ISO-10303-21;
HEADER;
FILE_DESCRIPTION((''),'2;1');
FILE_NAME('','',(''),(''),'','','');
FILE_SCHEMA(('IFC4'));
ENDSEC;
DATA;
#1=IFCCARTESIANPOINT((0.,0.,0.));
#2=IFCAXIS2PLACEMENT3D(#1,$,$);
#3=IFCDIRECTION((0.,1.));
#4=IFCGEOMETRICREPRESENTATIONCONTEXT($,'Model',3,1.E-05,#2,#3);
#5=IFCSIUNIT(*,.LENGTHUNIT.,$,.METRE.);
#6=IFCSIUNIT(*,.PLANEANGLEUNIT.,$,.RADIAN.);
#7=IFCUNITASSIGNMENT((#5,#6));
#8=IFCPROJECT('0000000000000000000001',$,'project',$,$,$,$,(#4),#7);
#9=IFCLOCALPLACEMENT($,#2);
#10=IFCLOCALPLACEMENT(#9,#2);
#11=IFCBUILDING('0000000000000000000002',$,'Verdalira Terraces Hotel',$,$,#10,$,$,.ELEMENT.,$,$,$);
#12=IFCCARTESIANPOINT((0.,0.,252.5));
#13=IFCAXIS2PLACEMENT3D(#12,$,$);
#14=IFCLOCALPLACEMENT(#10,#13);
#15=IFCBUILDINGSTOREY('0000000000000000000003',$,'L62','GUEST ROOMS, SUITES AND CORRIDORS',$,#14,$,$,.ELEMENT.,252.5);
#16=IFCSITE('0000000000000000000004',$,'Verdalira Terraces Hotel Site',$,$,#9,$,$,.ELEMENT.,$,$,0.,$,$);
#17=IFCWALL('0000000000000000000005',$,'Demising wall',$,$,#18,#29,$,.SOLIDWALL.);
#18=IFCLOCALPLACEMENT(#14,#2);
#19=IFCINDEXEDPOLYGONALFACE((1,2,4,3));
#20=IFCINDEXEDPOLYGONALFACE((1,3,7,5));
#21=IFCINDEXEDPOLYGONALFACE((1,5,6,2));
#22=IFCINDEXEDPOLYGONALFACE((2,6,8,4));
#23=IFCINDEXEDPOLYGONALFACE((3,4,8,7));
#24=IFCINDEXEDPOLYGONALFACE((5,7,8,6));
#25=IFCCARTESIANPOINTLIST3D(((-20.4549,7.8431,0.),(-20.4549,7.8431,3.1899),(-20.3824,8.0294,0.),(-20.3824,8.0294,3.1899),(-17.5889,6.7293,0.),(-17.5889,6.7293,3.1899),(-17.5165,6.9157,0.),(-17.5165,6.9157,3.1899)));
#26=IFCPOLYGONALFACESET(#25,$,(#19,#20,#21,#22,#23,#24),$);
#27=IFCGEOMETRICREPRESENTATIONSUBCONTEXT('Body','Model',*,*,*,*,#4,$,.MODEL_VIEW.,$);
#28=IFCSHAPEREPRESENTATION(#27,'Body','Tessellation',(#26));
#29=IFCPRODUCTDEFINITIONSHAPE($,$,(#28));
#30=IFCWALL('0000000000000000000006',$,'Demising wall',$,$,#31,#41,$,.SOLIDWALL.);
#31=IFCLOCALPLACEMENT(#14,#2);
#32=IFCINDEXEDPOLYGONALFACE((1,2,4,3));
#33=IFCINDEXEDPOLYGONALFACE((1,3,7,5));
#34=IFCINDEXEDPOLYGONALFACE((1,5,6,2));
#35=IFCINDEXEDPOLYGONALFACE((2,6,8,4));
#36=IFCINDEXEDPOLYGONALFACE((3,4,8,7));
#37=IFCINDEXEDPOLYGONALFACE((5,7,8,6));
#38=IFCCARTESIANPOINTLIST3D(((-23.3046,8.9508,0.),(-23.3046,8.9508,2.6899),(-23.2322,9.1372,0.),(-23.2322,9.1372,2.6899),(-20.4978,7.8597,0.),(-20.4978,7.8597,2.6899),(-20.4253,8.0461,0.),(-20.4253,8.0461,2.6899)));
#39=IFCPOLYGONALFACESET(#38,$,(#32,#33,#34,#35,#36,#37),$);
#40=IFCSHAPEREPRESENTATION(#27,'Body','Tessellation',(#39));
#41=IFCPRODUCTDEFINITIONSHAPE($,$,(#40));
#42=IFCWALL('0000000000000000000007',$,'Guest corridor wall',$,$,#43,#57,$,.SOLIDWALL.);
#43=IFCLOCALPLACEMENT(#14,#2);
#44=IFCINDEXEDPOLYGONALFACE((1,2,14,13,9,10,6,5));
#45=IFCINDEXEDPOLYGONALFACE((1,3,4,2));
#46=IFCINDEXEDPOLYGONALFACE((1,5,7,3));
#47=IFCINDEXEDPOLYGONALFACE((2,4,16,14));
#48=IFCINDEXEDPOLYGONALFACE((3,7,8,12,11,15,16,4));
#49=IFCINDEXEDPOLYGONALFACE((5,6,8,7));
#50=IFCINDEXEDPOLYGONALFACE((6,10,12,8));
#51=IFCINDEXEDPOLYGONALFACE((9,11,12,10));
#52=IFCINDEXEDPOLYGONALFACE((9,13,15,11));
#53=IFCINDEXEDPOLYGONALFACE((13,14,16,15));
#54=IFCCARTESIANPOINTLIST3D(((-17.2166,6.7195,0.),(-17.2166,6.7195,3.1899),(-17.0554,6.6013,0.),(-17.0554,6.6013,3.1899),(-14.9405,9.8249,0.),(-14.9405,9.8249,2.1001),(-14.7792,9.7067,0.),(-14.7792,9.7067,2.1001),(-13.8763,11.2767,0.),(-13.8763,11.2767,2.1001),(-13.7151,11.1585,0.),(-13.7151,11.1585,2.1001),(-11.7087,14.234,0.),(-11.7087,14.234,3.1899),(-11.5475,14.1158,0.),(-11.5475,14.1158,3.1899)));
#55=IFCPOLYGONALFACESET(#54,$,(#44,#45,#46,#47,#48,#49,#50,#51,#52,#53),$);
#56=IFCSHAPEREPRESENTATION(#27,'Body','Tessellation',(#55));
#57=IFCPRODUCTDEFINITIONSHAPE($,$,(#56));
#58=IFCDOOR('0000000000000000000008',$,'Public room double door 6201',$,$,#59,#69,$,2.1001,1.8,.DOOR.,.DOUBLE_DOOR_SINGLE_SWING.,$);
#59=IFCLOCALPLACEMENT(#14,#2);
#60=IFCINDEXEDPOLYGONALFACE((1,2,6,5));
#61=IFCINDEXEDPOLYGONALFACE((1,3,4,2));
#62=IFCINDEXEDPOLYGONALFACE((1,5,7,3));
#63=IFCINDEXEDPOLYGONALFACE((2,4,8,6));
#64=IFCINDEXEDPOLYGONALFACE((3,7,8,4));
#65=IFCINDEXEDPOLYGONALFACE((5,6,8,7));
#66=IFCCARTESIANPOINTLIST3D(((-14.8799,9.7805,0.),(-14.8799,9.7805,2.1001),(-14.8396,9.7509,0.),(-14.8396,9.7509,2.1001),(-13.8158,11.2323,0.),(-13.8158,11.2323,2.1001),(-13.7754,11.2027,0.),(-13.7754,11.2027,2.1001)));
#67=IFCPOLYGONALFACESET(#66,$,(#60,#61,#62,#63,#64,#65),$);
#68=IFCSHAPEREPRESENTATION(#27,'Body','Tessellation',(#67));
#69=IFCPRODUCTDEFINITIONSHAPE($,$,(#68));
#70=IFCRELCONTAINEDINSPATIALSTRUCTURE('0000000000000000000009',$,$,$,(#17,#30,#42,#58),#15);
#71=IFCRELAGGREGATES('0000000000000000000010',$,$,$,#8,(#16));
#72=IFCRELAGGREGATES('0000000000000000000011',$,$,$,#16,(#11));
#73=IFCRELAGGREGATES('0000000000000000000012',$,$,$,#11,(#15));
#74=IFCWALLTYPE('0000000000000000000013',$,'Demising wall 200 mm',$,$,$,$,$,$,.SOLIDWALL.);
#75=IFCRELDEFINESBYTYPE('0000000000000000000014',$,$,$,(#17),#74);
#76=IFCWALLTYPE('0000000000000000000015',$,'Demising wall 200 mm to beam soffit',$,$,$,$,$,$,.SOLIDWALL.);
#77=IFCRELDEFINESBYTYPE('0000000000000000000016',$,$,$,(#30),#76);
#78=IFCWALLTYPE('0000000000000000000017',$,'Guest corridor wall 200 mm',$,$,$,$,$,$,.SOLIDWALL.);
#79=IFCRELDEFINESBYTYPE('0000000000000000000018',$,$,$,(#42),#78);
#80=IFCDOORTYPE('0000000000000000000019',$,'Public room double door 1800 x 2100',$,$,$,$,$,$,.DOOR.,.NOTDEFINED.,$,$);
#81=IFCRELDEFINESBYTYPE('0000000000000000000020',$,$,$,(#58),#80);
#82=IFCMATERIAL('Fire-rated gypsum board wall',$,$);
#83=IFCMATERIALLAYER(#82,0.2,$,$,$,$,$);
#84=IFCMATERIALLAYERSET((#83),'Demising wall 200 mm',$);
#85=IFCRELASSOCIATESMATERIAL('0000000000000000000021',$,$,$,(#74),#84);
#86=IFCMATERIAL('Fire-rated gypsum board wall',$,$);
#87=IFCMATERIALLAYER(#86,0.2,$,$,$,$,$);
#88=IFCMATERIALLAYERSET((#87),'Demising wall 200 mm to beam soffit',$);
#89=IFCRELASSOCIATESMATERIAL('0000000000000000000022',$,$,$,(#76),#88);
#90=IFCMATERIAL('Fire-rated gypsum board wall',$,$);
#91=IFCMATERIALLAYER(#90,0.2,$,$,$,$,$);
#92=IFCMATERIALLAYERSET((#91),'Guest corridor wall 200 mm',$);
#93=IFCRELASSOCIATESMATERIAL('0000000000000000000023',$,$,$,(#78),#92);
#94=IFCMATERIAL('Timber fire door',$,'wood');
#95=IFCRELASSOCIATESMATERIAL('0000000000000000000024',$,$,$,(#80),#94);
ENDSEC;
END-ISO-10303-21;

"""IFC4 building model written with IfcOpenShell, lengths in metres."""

from ifc_helpers import new_model, si_unit, direction, frame, frame_2d, origin, place, context, subcontext, project, spatial, rectangle, extrude, material, layer, layer_set, type_object, element, fill, save


model = new_model("IFC4")

# Units and contexts
model_context = context("Model", 3, precision=1e-05, world=origin(), true_north=direction((0.0, 1.0)))
body_context = subcontext(model_context, "Body", "Model", "MODEL_VIEW")
ifc_project = project(units=[si_unit("LENGTHUNIT", "METRE"), si_unit("PLANEANGLEUNIT", "RADIAN")], contexts=[model_context])

# Site, building, storey
site_placement = place(None, origin())
site = spatial("IfcSite", under=ifc_project, at=site_placement, Name="Verdalira Terraces Hotel Site", CompositionType="ELEMENT", RefElevation=0.0)
building_placement = place(site_placement, origin())
building = spatial("IfcBuilding", under=site, at=building_placement, Name="Verdalira Terraces Hotel", CompositionType="ELEMENT")
storey_placement = place(building_placement, frame((0.0, 0.0, 252.5)))
storey = spatial("IfcBuildingStorey", under=building, at=storey_placement, Name="L62", Description="GUEST ROOMS, SUITES AND CORRIDORS", CompositionType="ELEMENT", Elevation=252.5)

# Shared definitions
ifc_material_1 = material(Name="Fire-rated gypsum board wall")
ifc_layer_1 = layer(ifc_material_1, 0.2)
ifc_layer_set_1 = layer_set([ifc_layer_1], Name="Demising wall 200 mm")
wall_type_1 = type_object("IfcWallType", Name="Demising wall 200 mm", PredefinedType="SOLIDWALL", material=ifc_layer_set_1)

# Walls
wall_1_placement = place(storey_placement, frame((-17.5527, 6.8225, 0.0), z_axis=(0.0, 0.0, 1.0), x_axis=(-0.93209, 0.362228, 0.0)))
element("IfcWall", 1, at=wall_1_placement, inside=storey, type_object=wall_type_1, Name="Demising wall", PredefinedType="SOLIDWALL", context=body_context, shape_type="SweptSolid", body=[
    extrude(rectangle(XDim=3.0747, YDim=0.2, at=frame_2d((1.5374, 0.0))), origin(), (0.0, 0.0, 1.0), 3.1899),
])
ifc_material_2 = material(Name="Fire-rated gypsum board wall")
ifc_layer_2 = layer(ifc_material_2, 0.2)
ifc_layer_set_2 = layer_set([ifc_layer_2], Name="Demising wall 200 mm to beam soffit")
wall_type_2 = type_object("IfcWallType", Name="Demising wall 200 mm to beam soffit", PredefinedType="SOLIDWALL", material=ifc_layer_set_2)
wall_2_placement = place(storey_placement, frame((-20.4614, 7.9529, 0.0), z_axis=(0.0, 0.0, 1.0), x_axis=(-0.932061, 0.362302, 0.0)))
element("IfcWall", 2, at=wall_2_placement, inside=storey, type_object=wall_type_2, Name="Demising wall", PredefinedType="SOLIDWALL", context=body_context, shape_type="SweptSolid", body=[
    extrude(rectangle(XDim=3.0115, YDim=0.2, at=frame_2d((1.5059, 0.0))), origin(), (0.0, 0.0, 1.0), 2.6899),
])

# Wall, opening, door
ifc_material_3 = material(Name="Fire-rated gypsum board wall")
ifc_layer_3 = layer(ifc_material_3, 0.2)
ifc_layer_set_3 = layer_set([ifc_layer_3], Name="Guest corridor wall 200 mm")
wall_type_3 = type_object("IfcWallType", Name="Guest corridor wall 200 mm", PredefinedType="SOLIDWALL", material=ifc_layer_set_3)
wall_3_placement = place(storey_placement, frame((-17.136, 6.6604, 0.0), z_axis=(0.0, 0.0, 1.0), x_axis=(0.591172, 0.806546, 0.0)))
wall_3 = element("IfcWall", 3, at=wall_3_placement, inside=storey, type_object=wall_type_3, Name="Guest corridor wall", PredefinedType="SOLIDWALL", context=body_context, shape_type="SweptSolid", body=[
    extrude(rectangle(XDim=9.3169, YDim=0.2, at=frame_2d((4.6584, 0.0))), origin(), (0.0, 0.0, 1.0), 3.1899),
])
opening_1_placement = place(wall_3_placement, frame((3.8503, 0.0, 0.0)))
opening_1 = element("IfcOpeningElement", 4, at=opening_1_placement, cuts=wall_3, PredefinedType="OPENING", context=body_context, shape_type="SweptSolid", body=[
    extrude(rectangle(XDim=1.8, YDim=2.1001, at=frame_2d((0.8999, 1.05))), frame((0.0, 0.1099, 0.0), z_axis=(0.0, -1.0, 0.0), x_axis=(1.0, 0.0, 0.0)), (0.0, 0.0, 1.0), 0.22),
])
ifc_material_4 = material(Name="Timber fire door", Category="wood")
door_type_1 = type_object("IfcDoorType", Name="Public room double door 1800 x 2100", OperationType="NOTDEFINED", PredefinedType="DOOR", material=ifc_material_4)
door_1_placement = place(opening_1_placement, origin())
door_1 = element("IfcDoor", 5, at=door_1_placement, inside=storey, type_object=door_type_1, Name="Public room double door 6201", OperationType="DOUBLE_DOOR_SINGLE_SWING", OverallHeight=2.1001, OverallWidth=1.8, PredefinedType="DOOR", context=body_context, shape_type="SweptSolid", body=[
    extrude(rectangle(XDim=1.8, YDim=2.1001, at=frame_2d((0.8999, 1.05))), frame((0.0, 0.0249, 0.0), z_axis=(0.0, -1.0, 0.0), x_axis=(1.0, 0.0, 0.0)), (0.0, 0.0, 1.0), 0.05),
])
fill(opening_1, door_1)

save(model, "model.ifc")
